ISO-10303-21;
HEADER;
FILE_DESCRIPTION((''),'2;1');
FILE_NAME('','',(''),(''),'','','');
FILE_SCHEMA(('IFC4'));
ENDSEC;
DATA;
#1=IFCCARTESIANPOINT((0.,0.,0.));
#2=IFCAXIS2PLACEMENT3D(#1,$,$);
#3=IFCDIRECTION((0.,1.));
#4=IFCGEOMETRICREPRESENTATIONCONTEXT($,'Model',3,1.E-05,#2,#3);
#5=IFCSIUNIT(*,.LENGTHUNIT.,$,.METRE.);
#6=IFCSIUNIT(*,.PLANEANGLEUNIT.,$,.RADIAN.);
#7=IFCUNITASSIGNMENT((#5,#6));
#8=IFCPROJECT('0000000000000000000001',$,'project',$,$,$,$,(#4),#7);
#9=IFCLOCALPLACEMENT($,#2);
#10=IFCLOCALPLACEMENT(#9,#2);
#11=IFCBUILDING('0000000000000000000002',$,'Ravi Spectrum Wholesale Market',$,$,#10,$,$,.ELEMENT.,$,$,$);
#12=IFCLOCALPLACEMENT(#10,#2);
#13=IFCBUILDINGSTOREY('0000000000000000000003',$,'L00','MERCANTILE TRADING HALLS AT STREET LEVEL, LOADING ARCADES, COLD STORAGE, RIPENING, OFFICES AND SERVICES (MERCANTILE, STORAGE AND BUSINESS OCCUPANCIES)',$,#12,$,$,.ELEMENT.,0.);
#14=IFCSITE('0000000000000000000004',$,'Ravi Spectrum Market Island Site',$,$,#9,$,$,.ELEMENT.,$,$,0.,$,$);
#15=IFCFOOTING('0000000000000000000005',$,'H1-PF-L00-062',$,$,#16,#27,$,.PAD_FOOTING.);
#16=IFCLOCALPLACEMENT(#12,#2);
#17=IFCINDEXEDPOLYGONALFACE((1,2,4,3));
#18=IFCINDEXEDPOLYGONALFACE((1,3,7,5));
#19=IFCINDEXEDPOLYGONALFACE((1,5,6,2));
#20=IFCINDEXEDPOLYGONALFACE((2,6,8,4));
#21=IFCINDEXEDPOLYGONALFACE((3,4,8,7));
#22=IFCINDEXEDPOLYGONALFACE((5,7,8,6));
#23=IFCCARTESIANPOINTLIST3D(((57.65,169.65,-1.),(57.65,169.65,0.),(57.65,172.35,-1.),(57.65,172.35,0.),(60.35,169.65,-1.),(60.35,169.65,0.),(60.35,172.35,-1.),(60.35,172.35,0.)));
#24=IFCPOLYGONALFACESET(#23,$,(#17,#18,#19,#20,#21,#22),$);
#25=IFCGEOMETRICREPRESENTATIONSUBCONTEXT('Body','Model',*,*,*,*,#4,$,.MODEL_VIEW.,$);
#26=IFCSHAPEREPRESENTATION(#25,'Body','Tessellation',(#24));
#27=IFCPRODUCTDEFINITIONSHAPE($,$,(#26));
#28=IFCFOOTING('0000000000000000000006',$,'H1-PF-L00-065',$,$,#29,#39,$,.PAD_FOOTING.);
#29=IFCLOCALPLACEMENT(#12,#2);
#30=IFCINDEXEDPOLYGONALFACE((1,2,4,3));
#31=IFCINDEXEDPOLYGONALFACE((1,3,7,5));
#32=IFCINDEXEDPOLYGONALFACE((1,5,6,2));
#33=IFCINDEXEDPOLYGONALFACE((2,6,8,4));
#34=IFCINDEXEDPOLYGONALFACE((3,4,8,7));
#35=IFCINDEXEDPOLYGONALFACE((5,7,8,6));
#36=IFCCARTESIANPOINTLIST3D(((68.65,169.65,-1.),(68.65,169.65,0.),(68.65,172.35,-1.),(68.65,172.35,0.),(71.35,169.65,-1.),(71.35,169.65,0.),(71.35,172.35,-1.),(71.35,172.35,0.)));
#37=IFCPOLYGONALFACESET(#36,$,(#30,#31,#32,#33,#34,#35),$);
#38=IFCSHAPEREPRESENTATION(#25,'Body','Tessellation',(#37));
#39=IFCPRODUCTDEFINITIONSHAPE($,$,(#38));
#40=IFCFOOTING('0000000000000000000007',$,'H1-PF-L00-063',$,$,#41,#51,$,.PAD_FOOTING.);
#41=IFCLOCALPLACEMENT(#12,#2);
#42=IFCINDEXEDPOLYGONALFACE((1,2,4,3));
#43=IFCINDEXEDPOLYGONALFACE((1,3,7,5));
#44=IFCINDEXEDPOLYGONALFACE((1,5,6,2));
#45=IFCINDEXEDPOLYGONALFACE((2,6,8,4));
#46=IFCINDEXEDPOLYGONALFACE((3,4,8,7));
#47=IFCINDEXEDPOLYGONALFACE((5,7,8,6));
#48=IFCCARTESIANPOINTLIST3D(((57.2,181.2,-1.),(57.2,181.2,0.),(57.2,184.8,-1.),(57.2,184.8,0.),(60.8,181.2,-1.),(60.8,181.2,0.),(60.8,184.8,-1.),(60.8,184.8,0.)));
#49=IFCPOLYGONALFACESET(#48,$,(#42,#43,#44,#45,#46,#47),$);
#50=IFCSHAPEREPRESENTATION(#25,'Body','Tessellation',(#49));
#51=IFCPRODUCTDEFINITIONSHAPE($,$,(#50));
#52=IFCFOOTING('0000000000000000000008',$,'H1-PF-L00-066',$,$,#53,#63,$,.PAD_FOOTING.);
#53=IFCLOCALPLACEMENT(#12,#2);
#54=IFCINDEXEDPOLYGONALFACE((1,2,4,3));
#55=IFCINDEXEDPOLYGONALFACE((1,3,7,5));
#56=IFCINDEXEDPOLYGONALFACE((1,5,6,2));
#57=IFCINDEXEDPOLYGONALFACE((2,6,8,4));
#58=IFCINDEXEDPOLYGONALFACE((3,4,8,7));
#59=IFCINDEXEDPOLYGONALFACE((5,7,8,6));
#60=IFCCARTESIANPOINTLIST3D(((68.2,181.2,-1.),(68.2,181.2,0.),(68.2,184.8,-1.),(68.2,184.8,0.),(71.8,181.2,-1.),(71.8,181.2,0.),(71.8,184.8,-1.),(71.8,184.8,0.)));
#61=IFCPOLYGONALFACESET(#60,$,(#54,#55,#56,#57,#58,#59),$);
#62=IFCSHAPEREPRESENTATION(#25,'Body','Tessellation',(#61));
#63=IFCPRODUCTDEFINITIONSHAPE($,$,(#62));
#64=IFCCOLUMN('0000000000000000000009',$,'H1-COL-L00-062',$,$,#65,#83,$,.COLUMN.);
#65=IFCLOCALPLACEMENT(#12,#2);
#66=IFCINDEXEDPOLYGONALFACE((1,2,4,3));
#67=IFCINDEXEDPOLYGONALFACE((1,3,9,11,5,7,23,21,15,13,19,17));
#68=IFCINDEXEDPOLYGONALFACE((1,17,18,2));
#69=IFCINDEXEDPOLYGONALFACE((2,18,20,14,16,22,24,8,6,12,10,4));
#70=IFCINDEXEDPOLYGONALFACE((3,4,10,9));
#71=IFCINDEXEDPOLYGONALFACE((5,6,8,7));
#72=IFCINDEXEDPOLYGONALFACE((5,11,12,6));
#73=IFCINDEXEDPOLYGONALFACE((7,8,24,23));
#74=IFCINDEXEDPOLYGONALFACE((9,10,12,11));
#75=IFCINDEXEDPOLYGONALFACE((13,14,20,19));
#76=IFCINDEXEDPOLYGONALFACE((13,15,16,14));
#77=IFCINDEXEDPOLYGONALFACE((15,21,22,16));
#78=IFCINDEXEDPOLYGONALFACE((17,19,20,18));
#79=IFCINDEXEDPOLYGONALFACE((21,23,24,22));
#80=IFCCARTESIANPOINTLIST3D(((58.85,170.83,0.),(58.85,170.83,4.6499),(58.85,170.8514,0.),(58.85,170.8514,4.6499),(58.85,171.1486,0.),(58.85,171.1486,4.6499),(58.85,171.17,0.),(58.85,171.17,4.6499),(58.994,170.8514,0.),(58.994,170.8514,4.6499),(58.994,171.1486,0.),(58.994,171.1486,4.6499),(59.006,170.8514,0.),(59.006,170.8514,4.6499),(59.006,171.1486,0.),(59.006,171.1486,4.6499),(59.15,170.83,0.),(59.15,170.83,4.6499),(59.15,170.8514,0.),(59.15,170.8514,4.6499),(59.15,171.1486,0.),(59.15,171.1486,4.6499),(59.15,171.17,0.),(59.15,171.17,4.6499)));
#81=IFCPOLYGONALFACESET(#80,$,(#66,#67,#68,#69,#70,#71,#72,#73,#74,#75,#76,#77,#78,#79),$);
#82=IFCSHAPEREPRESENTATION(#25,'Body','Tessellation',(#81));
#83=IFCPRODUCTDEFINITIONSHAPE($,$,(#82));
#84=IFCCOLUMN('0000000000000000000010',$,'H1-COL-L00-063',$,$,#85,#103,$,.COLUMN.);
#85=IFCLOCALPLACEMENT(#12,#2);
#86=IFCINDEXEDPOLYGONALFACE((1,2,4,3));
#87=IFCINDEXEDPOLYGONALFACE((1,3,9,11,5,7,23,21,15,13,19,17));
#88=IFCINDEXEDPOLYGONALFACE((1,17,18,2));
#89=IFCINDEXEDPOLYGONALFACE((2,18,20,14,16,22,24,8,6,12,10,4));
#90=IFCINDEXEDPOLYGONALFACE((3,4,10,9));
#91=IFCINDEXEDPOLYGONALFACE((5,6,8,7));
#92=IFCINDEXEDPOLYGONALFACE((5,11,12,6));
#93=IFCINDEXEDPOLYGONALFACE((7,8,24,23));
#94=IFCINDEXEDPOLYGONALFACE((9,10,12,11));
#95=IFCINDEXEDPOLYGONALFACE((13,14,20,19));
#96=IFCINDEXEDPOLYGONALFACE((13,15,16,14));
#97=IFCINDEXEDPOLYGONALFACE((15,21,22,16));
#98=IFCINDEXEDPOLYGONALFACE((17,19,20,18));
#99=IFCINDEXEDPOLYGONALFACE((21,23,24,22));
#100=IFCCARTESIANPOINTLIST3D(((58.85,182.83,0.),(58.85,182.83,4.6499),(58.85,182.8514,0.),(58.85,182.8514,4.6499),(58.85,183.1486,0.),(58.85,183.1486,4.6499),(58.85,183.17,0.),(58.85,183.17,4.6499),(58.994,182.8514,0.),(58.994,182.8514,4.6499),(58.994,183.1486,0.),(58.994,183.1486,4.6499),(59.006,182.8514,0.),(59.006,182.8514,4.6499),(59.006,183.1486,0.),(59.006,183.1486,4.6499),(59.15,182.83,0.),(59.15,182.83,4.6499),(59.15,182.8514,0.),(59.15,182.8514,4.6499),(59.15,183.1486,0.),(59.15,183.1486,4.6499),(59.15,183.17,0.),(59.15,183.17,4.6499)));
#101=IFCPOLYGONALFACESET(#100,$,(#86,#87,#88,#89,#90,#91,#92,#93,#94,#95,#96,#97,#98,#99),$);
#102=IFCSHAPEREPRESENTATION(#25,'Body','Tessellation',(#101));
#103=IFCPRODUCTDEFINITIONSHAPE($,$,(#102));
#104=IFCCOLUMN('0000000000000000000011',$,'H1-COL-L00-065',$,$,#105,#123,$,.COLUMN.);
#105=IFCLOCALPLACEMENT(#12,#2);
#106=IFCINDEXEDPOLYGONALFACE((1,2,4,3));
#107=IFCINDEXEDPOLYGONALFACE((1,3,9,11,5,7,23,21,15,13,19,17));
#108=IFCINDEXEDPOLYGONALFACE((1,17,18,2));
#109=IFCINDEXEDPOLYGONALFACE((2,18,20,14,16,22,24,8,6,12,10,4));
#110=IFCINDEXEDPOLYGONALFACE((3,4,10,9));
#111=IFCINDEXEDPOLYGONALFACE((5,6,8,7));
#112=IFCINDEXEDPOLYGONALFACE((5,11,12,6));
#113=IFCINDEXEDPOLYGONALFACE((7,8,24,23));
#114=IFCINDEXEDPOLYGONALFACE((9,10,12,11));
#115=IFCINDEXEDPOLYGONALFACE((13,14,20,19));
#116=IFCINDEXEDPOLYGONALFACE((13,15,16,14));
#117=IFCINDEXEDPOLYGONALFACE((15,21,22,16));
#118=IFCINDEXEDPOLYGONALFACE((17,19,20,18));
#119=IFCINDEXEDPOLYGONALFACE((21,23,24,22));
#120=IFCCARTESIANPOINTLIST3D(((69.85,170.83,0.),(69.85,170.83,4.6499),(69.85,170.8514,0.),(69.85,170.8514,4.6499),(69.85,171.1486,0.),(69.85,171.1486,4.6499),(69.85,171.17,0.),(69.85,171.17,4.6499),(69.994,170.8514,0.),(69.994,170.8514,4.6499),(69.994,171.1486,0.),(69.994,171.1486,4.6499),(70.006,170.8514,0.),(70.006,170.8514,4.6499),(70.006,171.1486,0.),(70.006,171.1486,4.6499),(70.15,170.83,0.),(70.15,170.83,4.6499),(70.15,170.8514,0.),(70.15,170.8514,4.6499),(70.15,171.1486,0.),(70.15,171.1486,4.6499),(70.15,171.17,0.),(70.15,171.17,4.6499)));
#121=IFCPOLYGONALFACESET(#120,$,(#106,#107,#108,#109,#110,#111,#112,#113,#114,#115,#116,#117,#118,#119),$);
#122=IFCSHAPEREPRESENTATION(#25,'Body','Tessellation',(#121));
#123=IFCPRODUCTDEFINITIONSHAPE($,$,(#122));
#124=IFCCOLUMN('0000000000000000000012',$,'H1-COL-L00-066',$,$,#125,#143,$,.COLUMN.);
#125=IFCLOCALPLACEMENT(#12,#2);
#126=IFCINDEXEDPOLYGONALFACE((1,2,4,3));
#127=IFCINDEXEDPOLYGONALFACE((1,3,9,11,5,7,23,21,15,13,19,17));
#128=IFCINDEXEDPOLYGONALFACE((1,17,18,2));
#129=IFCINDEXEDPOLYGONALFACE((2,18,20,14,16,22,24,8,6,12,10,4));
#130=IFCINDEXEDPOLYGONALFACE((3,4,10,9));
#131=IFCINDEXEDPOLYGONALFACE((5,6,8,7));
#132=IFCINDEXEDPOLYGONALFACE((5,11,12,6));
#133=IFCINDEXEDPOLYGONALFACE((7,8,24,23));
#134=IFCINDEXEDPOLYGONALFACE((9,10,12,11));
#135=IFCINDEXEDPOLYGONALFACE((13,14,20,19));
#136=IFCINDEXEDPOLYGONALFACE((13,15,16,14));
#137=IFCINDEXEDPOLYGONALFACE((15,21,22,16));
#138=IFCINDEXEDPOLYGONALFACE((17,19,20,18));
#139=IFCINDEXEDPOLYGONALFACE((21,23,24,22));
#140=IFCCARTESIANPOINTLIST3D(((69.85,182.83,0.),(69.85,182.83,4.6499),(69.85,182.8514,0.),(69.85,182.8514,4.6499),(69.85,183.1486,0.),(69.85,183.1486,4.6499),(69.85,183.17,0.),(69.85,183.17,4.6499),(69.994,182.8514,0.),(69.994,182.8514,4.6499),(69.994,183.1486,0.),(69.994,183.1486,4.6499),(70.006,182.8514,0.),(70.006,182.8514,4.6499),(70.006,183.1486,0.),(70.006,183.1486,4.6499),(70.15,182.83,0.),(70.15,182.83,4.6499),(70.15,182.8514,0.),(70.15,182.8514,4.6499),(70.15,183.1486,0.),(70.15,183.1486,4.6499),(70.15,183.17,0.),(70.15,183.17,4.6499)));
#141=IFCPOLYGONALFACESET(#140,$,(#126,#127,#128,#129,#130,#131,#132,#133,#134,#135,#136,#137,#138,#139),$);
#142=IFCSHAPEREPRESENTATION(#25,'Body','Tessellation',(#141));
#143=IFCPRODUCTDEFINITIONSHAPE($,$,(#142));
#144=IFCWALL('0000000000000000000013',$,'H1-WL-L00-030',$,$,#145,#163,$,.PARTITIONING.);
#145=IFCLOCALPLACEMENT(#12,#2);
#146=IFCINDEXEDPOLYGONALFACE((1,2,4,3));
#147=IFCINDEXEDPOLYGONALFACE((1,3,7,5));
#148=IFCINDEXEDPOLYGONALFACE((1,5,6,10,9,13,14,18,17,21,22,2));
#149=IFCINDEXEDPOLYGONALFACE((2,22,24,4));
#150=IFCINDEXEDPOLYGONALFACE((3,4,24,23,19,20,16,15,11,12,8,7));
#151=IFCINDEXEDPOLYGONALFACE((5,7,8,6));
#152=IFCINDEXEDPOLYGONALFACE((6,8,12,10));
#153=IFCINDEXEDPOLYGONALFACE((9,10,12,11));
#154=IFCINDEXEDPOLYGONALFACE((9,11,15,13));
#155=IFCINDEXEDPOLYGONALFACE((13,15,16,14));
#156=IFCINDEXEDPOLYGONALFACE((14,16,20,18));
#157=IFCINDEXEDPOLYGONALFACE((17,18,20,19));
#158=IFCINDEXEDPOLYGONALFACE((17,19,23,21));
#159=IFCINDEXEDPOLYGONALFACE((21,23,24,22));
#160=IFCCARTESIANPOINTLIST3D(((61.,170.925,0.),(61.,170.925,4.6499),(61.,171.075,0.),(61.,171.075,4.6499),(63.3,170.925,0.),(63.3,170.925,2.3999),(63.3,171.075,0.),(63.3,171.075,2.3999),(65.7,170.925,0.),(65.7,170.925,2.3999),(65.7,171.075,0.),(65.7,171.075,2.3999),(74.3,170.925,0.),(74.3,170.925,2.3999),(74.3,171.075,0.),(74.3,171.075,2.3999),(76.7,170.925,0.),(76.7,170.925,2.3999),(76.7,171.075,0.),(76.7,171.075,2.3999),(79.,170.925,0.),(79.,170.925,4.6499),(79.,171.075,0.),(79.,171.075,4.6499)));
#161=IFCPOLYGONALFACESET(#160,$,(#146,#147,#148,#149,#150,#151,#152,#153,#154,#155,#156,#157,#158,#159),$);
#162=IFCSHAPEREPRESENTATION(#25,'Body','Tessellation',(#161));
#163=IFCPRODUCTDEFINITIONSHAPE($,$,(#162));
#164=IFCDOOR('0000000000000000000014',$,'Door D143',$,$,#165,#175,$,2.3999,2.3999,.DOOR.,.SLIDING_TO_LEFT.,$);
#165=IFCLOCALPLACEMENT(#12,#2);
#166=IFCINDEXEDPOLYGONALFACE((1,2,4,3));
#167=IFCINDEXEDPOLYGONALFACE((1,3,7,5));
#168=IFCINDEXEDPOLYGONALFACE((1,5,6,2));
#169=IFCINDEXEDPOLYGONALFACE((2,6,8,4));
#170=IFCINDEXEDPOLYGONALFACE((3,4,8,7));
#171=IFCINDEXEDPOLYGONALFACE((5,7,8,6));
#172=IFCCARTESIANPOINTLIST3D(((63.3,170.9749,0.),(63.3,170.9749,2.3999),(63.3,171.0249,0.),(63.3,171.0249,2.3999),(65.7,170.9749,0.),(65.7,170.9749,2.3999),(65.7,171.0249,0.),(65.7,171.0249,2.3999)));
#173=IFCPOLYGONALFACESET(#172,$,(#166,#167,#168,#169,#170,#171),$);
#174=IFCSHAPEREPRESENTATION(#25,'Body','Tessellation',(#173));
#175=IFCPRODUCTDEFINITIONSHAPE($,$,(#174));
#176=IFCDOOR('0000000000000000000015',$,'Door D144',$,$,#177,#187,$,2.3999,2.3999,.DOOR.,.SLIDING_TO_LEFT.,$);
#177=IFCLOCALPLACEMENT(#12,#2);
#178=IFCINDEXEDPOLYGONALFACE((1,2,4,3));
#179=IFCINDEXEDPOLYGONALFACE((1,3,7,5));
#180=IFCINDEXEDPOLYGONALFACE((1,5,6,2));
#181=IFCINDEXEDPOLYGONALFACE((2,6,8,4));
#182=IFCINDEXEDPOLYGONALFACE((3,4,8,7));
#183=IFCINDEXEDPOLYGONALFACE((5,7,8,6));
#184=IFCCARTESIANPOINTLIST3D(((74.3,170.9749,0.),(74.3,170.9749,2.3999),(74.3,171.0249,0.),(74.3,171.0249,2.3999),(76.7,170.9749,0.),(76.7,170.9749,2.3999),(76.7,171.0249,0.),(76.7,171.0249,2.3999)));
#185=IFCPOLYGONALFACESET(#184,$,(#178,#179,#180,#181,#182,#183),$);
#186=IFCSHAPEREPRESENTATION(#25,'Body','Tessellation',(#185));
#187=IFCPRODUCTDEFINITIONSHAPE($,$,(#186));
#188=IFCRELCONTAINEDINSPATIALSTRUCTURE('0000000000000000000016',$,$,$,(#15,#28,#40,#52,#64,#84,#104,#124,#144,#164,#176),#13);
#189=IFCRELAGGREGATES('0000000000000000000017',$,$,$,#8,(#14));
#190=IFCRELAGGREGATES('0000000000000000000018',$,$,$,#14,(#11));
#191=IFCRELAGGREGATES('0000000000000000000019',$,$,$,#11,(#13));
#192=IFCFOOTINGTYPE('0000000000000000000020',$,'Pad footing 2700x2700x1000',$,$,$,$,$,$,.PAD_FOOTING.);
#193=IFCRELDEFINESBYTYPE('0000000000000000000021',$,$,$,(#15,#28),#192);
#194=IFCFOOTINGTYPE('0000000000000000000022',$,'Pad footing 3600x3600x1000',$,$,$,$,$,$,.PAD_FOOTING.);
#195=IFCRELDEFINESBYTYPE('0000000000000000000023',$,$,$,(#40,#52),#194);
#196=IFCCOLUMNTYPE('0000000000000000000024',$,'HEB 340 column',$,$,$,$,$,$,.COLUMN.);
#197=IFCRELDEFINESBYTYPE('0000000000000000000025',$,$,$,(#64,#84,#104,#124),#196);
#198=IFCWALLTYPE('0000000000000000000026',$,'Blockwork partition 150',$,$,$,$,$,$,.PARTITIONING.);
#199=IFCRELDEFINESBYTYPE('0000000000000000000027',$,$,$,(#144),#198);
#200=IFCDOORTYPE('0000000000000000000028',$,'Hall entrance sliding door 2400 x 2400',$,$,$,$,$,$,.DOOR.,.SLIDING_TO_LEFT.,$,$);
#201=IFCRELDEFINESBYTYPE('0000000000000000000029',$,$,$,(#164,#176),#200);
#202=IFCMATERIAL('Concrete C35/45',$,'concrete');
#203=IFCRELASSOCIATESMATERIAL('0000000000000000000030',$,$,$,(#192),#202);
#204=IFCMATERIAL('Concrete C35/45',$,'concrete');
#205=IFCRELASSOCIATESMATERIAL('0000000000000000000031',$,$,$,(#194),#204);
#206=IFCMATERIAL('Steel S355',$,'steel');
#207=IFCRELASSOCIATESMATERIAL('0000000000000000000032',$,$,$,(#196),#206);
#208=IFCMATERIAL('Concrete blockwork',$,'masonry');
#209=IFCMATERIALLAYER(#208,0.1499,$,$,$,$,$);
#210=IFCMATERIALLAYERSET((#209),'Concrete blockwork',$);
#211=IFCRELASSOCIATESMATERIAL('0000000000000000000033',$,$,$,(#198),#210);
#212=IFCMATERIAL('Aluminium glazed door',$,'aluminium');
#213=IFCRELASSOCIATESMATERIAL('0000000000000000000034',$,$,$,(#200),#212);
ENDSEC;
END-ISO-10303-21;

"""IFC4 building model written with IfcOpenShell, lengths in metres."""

from ifc_helpers import new_model, si_unit, direction, frame, frame_2d, origin, origin_2d, place, context, subcontext, project, spatial, rectangle, i_section, extrude, material, layer, layer_set, material_profile, profile_set, type_object, element, fill, save


model = new_model("IFC4")

# Units and contexts
model_context = context("Model", 3, precision=1e-05, world=origin(), true_north=direction((0.0, 1.0)))
body_context = subcontext(model_context, "Body", "Model", "MODEL_VIEW")
ifc_project = project(units=[si_unit("LENGTHUNIT", "METRE"), si_unit("PLANEANGLEUNIT", "RADIAN")], contexts=[model_context])

# Site, building, storey
site_placement = place(None, origin())
site = spatial("IfcSite", under=ifc_project, at=site_placement, Name="Ravi Spectrum Market Island Site", CompositionType="ELEMENT", RefElevation=0.0)
building_placement = place(site_placement, origin())
building = spatial("IfcBuilding", under=site, at=building_placement, Name="Ravi Spectrum Wholesale Market", CompositionType="ELEMENT")
storey_placement = place(building_placement, origin())
storey = spatial("IfcBuildingStorey", under=building, at=storey_placement, Name="L00", Description="MERCANTILE TRADING HALLS AT STREET LEVEL, LOADING ARCADES, COLD STORAGE, RIPENING, OFFICES AND SERVICES (MERCANTILE, STORAGE AND BUSINESS OCCUPANCIES)", CompositionType="ELEMENT", Elevation=0.0)

# Footings
ifc_material_1 = material(Name="Concrete C35/45", Category="concrete")
footing_type_1 = type_object("IfcFootingType", Name="Pad footing 2700x2700x1000", PredefinedType="PAD_FOOTING", material=ifc_material_1)
for number, where, z_axis, x_axis, name in (
    (1, (59.0, 171.0, -1.0), (0.0, 0.0, 1.0), (1.0, 0.0, 0.0), "H1-PF-L00-062"),
    (2, (70.0, 171.0, -1.0), (0.0, 0.0, 1.0), (1.0, 0.0, 0.0), "H1-PF-L00-065"),
):
    element("IfcFooting", number, at=place(storey_placement, frame(where, z_axis=z_axis, x_axis=x_axis)), inside=storey, type_object=footing_type_1, Name=name, PredefinedType="PAD_FOOTING", context=body_context, shape_type="SweptSolid", body=[
        extrude(rectangle(XDim=2.7, YDim=2.7, at=origin_2d()), origin(), (0.0, 0.0, 1.0), 1.0),
    ])
ifc_material_2 = material(Name="Concrete C35/45", Category="concrete")
footing_type_2 = type_object("IfcFootingType", Name="Pad footing 3600x3600x1000", PredefinedType="PAD_FOOTING", material=ifc_material_2)
for number, where, z_axis, x_axis, name in (
    (3, (59.0, 183.0, -1.0), (0.0, 0.0, 1.0), (1.0, 0.0, 0.0), "H1-PF-L00-063"),
    (4, (70.0, 183.0, -1.0), (0.0, 0.0, 1.0), (1.0, 0.0, 0.0), "H1-PF-L00-066"),
):
    element("IfcFooting", number, at=place(storey_placement, frame(where, z_axis=z_axis, x_axis=x_axis)), inside=storey, type_object=footing_type_2, Name=name, PredefinedType="PAD_FOOTING", context=body_context, shape_type="SweptSolid", body=[
        extrude(rectangle(XDim=3.6001, YDim=3.6001, at=origin_2d()), origin(), (0.0, 0.0, 1.0), 1.0),
    ])

# Columns
ifc_material_3 = material(Name="Steel S355", Category="steel")
ifc_material_profile = material_profile(ifc_material_3, i_section(OverallWidth=0.3, OverallDepth=0.3401, WebThickness=0.012, FlangeThickness=0.0215, at=origin_2d()))
ifc_profile_set = profile_set([ifc_material_profile], Name="Steel S355")
column_type = type_object("IfcColumnType", Name="HEB 340 column", PredefinedType="COLUMN", material=ifc_profile_set)
for number, where, z_axis, x_axis, name in (
    (5, (59.0, 171.0, 0.0), (0.0, 0.0, 1.0), (1.0, 0.0, 0.0), "H1-COL-L00-062"),
    (6, (59.0, 183.0, 0.0), (0.0, 0.0, 1.0), (1.0, 0.0, 0.0), "H1-COL-L00-063"),
    (7, (70.0, 171.0, 0.0), (0.0, 0.0, 1.0), (1.0, 0.0, 0.0), "H1-COL-L00-065"),
    (8, (70.0, 183.0, 0.0), (0.0, 0.0, 1.0), (1.0, 0.0, 0.0), "H1-COL-L00-066"),
):
    element("IfcColumn", number, at=place(storey_placement, frame(where, z_axis=z_axis, x_axis=x_axis)), inside=storey, type_object=column_type, Name=name, PredefinedType="COLUMN", context=body_context, shape_type="SweptSolid", body=[
        extrude(i_section(OverallWidth=0.3, OverallDepth=0.3401, WebThickness=0.012, FlangeThickness=0.0215, at=origin_2d()), origin(), (0.0, 0.0, 1.0), 4.6499),
    ])

# Wall, openings, doors
ifc_material_4 = material(Name="Concrete blockwork", Category="masonry")
ifc_layer_1 = layer(ifc_material_4, 0.1499)
ifc_layer_set_1 = layer_set([ifc_layer_1], Name="Concrete blockwork")
wall_type_1 = type_object("IfcWallType", Name="Blockwork partition 150", PredefinedType="PARTITIONING", material=ifc_layer_set_1)
wall_1_placement = place(storey_placement, frame((61.0, 171.0, 0.0), z_axis=(0.0, 0.0, 1.0), x_axis=(1.0, 0.0, 0.0)))
wall_1 = element("IfcWall", 9, at=wall_1_placement, inside=storey, type_object=wall_type_1, Name="H1-WL-L00-030", PredefinedType="PARTITIONING", context=body_context, shape_type="SweptSolid", body=[
    extrude(rectangle(XDim=18.0, YDim=0.1499, at=frame_2d((9.0, 0.0))), origin(), (0.0, 0.0, 1.0), 4.6499),
])
opening_1_placement = place(wall_1_placement, frame((2.3, 0.0, 0.0)))
opening_1 = element("IfcOpeningElement", 10, at=opening_1_placement, cuts=wall_1, PredefinedType="OPENING", context=body_context, shape_type="SweptSolid", body=[
    extrude(rectangle(XDim=2.3999, YDim=2.3999, at=frame_2d((1.2, 1.2))), frame((0.0, 0.085, 0.0), z_axis=(0.0, -1.0, 0.0), x_axis=(1.0, 0.0, 0.0)), (0.0, 0.0, 1.0), 0.1699),
])
opening_2_placement = place(wall_1_placement, frame((13.3, 0.0, 0.0)))
opening_2 = element("IfcOpeningElement", 11, at=opening_2_placement, cuts=wall_1, PredefinedType="OPENING", context=body_context, shape_type="SweptSolid", body=[
    extrude(rectangle(XDim=2.3999, YDim=2.3999, at=frame_2d((1.2, 1.2))), frame((0.0, 0.085, 0.0), z_axis=(0.0, -1.0, 0.0), x_axis=(1.0, 0.0, 0.0)), (0.0, 0.0, 1.0), 0.1699),
])
ifc_material_5 = material(Name="Aluminium glazed door", Category="aluminium")
door_type_1 = type_object("IfcDoorType", Name="Hall entrance sliding door 2400 x 2400", OperationType="SLIDING_TO_LEFT", PredefinedType="DOOR", material=ifc_material_5)
door_1_placement = place(opening_1_placement, origin())
door_1 = element("IfcDoor", 12, at=door_1_placement, inside=storey, type_object=door_type_1, Name="Door D143", OperationType="SLIDING_TO_LEFT", OverallHeight=2.3999, OverallWidth=2.3999, PredefinedType="DOOR", context=body_context, shape_type="SweptSolid", body=[
    extrude(rectangle(XDim=2.3999, YDim=2.3999, at=frame_2d((1.2, 1.2))), frame((0.0, 0.0249, 0.0), z_axis=(0.0, -1.0, 0.0), x_axis=(1.0, 0.0, 0.0)), (0.0, 0.0, 1.0), 0.05),
])
fill(opening_1, door_1)
door_2_placement = place(opening_2_placement, origin())
door_2 = element("IfcDoor", 13, at=door_2_placement, inside=storey, type_object=door_type_1, Name="Door D144", OperationType="SLIDING_TO_LEFT", OverallHeight=2.3999, OverallWidth=2.3999, PredefinedType="DOOR", context=body_context, shape_type="SweptSolid", body=[
    extrude(rectangle(XDim=2.3999, YDim=2.3999, at=frame_2d((1.2, 1.2))), frame((0.0, 0.0249, 0.0), z_axis=(0.0, -1.0, 0.0), x_axis=(1.0, 0.0, 0.0)), (0.0, 0.0, 1.0), 0.05),
])
fill(opening_2, door_2)

save(model, "model.ifc")
